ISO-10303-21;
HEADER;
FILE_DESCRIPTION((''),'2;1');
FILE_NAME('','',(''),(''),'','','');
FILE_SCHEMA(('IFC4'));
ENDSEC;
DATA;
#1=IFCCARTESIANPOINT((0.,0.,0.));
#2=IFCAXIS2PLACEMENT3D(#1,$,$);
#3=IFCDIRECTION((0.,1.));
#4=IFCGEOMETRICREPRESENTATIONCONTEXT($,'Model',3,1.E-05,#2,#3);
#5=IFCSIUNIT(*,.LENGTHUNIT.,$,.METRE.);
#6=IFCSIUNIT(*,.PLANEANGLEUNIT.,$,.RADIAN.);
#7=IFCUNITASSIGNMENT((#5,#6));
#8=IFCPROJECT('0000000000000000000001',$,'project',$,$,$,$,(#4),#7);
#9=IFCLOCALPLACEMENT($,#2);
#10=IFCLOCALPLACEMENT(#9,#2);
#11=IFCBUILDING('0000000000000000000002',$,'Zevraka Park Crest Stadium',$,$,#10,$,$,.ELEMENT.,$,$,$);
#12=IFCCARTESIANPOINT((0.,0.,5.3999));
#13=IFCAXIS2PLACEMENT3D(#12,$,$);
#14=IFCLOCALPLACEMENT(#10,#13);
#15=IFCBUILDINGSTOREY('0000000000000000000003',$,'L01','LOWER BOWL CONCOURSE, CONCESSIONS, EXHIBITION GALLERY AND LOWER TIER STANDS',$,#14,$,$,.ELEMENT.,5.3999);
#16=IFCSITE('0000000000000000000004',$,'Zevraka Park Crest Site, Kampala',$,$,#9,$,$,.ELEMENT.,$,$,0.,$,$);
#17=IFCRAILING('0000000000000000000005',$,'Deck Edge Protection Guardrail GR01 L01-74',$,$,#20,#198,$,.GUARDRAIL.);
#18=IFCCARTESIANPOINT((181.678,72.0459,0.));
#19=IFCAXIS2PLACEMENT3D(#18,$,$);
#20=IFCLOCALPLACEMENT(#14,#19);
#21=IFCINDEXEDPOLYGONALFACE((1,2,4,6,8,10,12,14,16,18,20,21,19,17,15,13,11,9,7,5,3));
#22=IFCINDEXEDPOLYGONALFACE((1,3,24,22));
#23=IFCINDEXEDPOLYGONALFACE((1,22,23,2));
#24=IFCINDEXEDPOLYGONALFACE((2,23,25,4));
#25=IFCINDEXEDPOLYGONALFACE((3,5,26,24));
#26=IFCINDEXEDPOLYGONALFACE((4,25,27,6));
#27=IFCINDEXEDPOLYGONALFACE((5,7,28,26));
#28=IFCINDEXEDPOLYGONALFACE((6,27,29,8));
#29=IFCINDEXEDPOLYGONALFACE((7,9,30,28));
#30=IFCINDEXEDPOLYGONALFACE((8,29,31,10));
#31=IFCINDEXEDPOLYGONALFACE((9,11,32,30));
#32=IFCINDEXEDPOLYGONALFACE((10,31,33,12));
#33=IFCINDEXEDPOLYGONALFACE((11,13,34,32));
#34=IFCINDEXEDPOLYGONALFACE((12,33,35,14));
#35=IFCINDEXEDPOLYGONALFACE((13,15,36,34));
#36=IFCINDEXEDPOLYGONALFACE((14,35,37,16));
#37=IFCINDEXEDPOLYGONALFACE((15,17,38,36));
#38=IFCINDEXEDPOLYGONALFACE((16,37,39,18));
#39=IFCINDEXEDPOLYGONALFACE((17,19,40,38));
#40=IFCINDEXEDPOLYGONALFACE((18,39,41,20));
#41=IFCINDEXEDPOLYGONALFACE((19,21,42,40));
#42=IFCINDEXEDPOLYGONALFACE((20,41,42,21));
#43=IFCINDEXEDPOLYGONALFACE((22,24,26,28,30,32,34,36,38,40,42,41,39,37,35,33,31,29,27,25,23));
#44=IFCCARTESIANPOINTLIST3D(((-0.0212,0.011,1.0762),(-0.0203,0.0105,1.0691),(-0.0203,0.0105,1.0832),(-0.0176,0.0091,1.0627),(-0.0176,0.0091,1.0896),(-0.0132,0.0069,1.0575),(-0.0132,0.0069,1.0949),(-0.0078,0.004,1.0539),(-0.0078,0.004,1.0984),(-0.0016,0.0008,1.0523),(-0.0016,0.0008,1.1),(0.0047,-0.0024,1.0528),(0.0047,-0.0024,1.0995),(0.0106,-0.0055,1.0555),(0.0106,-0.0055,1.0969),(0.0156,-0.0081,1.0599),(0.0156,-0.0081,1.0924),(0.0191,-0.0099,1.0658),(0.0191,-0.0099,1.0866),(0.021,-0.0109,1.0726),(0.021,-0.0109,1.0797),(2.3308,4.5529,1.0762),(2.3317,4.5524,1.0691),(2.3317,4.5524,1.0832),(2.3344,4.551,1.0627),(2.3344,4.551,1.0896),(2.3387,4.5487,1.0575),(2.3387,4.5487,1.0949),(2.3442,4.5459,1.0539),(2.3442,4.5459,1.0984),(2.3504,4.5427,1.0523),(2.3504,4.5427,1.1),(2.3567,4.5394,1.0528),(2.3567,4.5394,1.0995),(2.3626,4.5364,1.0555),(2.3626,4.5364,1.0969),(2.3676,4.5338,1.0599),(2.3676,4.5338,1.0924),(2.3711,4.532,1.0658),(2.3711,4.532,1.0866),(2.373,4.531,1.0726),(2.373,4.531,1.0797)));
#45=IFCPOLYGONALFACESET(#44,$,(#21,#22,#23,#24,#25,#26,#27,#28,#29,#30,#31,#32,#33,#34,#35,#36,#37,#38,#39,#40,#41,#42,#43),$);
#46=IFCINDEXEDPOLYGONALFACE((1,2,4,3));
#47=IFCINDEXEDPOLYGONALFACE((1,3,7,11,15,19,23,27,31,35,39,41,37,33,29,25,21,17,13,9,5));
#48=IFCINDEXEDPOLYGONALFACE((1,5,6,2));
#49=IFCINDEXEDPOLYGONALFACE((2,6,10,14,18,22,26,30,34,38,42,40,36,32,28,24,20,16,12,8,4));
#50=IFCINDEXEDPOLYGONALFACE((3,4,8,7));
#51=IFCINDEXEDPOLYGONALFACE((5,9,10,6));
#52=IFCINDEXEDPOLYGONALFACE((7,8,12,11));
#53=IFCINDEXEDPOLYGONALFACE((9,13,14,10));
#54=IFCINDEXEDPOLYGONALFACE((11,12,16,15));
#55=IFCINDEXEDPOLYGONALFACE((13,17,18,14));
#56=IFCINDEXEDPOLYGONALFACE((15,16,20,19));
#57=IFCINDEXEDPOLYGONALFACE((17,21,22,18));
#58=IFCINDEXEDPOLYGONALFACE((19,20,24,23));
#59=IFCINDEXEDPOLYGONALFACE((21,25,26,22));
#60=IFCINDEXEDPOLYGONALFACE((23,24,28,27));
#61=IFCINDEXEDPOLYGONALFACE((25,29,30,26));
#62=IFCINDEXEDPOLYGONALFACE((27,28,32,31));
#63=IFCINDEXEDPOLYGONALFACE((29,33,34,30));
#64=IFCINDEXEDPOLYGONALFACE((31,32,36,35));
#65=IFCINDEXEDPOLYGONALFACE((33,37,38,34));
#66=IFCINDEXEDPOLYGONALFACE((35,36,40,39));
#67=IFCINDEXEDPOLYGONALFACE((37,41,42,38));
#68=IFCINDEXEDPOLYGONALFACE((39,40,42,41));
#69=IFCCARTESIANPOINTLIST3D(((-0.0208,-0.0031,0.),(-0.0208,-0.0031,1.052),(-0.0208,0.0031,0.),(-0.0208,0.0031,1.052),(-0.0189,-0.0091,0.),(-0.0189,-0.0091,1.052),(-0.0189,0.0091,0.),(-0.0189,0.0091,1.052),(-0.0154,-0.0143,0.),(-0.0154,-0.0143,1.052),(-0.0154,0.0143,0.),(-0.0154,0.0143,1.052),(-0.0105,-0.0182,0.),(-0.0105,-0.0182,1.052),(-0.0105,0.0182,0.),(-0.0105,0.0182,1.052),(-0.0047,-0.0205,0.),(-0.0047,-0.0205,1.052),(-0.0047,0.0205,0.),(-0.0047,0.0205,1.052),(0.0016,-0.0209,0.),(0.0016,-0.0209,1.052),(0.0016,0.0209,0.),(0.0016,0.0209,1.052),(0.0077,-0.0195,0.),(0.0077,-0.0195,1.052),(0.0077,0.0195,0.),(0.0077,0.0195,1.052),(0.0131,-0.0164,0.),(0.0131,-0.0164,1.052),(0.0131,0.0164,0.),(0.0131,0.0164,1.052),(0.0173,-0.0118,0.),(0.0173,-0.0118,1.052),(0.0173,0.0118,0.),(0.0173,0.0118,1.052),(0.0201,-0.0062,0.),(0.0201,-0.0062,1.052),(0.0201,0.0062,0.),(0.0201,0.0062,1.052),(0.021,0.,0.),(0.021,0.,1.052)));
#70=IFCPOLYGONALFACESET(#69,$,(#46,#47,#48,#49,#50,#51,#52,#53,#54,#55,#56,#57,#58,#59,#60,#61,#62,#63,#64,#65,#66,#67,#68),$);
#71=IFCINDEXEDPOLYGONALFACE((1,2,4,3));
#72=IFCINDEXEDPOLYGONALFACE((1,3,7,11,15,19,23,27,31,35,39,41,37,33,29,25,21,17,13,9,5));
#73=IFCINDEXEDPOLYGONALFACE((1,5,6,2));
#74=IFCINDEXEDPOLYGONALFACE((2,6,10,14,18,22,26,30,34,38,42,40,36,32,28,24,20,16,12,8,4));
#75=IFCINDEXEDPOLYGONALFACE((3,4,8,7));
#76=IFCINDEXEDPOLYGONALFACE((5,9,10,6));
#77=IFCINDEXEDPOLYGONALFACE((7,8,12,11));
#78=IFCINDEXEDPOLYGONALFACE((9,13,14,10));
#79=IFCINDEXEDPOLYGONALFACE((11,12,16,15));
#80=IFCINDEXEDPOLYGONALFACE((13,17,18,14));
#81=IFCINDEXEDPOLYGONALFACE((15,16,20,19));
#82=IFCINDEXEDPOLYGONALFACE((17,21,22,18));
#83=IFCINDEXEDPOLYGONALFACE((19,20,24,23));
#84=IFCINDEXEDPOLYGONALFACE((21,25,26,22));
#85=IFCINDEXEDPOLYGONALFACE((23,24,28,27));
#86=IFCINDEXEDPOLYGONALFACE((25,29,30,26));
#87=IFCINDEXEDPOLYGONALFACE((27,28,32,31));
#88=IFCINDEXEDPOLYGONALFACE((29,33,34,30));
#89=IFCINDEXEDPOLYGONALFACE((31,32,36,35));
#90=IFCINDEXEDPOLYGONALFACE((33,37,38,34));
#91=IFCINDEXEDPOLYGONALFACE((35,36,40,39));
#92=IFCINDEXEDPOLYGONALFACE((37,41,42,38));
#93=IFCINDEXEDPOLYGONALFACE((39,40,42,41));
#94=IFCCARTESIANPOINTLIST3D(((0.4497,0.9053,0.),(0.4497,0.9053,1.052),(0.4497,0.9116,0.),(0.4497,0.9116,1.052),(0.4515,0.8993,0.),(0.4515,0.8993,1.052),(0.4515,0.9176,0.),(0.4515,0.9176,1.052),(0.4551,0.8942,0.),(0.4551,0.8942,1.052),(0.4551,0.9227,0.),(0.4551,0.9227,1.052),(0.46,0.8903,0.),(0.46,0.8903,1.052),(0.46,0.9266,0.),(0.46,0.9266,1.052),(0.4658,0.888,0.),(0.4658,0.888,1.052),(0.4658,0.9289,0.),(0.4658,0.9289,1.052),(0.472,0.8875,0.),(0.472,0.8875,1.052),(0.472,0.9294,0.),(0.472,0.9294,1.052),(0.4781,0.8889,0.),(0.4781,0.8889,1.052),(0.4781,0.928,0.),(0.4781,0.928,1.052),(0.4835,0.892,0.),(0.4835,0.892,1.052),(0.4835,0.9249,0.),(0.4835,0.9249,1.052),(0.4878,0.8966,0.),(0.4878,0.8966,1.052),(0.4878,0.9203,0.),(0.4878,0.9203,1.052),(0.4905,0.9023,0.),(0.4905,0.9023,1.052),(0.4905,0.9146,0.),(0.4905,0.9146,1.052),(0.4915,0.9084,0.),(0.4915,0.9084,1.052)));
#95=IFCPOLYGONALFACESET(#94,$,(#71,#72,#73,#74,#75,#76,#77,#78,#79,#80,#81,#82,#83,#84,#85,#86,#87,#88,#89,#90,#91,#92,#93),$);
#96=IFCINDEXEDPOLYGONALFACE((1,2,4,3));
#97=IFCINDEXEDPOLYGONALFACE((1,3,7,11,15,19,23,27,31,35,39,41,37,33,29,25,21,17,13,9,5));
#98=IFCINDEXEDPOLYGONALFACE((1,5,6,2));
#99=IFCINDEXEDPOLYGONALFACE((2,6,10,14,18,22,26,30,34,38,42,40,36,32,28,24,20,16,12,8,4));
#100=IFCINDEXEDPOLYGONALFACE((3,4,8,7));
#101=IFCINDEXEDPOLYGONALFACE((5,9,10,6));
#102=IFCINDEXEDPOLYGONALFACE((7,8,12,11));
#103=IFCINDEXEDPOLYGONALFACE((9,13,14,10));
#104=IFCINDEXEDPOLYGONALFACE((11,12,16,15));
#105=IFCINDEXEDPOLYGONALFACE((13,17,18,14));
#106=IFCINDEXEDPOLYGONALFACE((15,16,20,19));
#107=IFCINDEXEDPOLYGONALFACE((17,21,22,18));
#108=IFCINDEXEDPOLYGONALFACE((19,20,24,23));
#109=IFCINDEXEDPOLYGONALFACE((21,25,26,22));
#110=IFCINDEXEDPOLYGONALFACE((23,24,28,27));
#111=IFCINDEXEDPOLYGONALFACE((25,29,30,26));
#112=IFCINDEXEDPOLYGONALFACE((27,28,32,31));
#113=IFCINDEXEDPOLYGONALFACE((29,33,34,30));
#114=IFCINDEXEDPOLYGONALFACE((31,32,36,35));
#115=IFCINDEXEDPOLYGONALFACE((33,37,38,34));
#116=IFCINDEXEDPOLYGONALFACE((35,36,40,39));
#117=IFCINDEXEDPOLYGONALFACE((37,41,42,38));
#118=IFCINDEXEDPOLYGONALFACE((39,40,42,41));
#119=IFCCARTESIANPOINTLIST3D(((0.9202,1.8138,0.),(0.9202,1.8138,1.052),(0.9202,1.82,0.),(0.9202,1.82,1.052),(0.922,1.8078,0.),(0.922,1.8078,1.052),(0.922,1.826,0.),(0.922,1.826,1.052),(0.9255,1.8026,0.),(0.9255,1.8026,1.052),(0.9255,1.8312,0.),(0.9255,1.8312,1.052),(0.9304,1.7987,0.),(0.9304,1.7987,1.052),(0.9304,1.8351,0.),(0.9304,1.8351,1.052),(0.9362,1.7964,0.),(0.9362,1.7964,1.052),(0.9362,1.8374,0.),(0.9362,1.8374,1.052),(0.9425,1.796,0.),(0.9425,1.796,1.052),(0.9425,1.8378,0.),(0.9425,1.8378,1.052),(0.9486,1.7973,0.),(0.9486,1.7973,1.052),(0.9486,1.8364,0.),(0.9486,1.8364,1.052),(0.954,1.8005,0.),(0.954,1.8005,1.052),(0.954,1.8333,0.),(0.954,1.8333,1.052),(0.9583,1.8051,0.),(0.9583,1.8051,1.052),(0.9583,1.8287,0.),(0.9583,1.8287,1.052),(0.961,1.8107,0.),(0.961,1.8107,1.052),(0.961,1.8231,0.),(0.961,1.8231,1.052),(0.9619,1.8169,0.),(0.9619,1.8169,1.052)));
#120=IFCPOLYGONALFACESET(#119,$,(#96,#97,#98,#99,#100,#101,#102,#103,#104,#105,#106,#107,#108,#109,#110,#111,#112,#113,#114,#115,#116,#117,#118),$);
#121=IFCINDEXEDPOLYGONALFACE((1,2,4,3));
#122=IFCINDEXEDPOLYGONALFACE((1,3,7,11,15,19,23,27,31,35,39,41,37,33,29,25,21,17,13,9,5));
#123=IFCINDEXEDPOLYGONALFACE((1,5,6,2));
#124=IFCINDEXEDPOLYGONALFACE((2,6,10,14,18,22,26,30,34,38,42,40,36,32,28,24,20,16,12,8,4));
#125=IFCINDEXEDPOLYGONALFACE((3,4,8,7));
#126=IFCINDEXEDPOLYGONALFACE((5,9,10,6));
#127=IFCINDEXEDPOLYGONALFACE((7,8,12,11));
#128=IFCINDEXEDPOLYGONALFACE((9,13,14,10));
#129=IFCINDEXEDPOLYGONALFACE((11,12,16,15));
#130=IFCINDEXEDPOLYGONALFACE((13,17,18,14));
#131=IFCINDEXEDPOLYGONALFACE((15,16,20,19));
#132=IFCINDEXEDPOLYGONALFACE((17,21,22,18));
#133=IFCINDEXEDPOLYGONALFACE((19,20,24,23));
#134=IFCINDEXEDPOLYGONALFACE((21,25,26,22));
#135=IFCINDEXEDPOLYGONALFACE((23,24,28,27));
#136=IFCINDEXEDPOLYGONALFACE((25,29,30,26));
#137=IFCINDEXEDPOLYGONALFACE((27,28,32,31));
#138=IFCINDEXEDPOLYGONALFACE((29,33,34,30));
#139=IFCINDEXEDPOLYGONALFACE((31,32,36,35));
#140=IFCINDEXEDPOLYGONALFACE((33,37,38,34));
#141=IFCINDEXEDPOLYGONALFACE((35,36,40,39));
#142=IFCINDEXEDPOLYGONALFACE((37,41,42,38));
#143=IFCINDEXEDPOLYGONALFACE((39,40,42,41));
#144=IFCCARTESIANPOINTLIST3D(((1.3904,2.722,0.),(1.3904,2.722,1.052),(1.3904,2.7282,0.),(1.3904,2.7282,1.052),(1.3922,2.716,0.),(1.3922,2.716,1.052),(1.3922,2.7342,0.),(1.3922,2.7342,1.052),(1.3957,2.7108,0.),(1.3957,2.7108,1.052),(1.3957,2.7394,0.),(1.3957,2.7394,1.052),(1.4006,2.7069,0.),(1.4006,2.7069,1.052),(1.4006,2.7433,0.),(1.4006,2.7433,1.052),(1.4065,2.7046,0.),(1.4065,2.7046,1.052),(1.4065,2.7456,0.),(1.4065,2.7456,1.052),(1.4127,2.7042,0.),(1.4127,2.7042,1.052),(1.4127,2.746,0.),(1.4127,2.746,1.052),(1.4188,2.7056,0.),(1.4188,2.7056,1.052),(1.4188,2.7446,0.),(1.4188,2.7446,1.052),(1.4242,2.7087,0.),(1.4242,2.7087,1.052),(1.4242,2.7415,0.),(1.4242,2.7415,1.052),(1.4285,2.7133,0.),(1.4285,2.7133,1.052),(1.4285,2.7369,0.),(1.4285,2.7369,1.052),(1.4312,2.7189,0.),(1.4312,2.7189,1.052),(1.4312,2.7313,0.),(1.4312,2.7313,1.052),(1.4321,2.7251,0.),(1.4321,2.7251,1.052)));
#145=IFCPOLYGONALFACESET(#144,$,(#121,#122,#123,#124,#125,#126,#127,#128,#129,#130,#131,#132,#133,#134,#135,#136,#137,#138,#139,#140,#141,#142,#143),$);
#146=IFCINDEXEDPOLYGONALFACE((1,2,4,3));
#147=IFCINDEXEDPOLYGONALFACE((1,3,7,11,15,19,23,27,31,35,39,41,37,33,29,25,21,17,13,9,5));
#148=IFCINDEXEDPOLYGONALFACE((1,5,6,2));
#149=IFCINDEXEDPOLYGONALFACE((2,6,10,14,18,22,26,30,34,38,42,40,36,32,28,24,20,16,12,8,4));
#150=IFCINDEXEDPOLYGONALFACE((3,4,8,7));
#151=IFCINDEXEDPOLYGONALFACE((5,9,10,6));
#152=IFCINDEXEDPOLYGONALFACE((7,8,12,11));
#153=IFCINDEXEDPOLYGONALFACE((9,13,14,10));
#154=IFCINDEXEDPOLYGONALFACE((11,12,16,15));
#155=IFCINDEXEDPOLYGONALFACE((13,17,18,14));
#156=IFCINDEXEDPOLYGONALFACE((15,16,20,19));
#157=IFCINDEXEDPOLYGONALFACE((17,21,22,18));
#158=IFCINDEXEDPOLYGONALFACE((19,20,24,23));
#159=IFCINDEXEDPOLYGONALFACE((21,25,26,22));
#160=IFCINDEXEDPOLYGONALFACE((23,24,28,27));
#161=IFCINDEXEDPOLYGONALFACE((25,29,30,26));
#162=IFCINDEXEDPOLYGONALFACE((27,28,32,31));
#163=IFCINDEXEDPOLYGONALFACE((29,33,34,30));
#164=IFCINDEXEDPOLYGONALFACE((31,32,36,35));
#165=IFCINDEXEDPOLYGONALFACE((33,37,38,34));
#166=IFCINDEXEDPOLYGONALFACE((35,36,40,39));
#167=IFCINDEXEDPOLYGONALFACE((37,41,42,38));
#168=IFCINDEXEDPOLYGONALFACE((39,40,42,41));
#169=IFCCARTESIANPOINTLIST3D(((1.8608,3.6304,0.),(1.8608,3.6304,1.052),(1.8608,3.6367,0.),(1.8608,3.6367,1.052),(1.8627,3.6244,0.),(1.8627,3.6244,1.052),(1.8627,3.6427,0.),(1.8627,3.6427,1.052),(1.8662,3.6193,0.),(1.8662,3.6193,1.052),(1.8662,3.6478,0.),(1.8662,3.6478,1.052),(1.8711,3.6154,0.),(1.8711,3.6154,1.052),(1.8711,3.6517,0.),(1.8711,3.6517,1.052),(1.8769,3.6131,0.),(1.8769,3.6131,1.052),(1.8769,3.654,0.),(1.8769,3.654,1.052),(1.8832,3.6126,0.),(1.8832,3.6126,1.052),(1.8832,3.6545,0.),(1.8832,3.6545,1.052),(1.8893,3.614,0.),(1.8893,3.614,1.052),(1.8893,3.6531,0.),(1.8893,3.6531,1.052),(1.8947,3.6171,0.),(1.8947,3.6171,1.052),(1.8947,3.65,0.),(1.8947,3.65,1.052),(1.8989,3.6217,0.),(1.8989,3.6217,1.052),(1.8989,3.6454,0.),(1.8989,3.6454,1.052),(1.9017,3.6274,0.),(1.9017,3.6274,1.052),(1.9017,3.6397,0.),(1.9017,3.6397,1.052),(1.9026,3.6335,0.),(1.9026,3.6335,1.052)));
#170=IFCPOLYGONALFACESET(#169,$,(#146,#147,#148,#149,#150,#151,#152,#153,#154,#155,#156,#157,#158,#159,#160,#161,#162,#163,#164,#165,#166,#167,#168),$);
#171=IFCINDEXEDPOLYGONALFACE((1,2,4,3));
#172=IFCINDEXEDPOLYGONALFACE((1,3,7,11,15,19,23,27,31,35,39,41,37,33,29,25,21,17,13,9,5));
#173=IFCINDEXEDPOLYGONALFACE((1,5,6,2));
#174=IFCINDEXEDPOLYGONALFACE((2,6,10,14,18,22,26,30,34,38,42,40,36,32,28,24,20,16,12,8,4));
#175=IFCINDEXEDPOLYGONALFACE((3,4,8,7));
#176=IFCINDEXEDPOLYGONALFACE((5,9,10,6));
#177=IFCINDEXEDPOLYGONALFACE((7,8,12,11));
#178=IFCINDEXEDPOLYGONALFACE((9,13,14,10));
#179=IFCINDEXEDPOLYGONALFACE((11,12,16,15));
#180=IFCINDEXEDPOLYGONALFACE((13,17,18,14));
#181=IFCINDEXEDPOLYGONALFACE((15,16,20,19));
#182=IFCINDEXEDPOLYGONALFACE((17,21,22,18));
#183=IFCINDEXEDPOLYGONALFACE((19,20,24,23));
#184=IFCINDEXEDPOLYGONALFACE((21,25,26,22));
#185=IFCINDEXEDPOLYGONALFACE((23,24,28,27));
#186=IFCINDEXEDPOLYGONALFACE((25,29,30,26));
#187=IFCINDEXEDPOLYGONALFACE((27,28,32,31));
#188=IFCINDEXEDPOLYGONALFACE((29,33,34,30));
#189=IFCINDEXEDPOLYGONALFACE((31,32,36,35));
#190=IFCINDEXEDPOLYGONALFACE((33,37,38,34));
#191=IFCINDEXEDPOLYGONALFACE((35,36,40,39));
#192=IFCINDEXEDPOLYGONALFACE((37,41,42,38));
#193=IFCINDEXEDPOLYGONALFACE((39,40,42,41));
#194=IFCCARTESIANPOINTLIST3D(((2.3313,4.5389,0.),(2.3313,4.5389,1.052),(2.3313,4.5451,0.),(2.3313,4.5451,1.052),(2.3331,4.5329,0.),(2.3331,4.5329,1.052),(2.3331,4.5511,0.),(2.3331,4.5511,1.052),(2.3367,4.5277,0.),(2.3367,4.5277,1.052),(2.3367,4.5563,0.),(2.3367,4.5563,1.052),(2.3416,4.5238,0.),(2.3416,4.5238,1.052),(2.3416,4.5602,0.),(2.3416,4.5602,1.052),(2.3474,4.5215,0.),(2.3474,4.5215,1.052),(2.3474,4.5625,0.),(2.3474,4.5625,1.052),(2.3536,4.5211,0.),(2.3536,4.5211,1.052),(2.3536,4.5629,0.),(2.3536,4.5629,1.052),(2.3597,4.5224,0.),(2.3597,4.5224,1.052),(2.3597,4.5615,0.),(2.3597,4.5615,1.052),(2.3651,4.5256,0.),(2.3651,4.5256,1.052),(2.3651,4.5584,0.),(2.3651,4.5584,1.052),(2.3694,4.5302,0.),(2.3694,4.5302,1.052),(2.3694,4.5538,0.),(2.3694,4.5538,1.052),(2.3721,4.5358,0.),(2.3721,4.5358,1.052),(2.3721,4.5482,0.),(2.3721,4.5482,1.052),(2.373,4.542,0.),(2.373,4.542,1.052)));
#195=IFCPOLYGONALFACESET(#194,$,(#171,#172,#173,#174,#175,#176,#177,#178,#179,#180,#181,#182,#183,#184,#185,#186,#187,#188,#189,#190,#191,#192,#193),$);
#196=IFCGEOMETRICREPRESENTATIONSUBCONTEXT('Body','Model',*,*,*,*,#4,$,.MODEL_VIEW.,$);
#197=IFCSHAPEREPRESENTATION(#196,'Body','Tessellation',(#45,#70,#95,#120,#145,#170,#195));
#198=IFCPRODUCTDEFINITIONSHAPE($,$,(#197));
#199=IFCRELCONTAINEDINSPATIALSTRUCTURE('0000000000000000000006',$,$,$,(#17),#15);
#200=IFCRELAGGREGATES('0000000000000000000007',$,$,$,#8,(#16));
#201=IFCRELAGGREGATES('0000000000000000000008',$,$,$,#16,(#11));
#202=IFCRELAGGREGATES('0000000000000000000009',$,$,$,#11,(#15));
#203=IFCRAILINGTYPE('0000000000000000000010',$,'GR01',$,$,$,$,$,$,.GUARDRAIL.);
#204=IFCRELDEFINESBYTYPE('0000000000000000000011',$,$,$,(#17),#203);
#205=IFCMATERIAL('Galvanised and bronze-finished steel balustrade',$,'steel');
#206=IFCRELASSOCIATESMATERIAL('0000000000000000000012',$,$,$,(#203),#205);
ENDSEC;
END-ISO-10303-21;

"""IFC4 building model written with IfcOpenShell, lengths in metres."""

from ifc_helpers import new_model, si_unit, direction, frame, origin, origin_2d, place, context, subcontext, project, spatial, circle, extrude, material, type_object, element, save


model = new_model("IFC4")

# Units and contexts
model_context = context("Model", 3, precision=1e-05, world=origin(), true_north=direction((0.0, 1.0)))
body_context = subcontext(model_context, "Body", "Model", "MODEL_VIEW")
ifc_project = project(units=[si_unit("LENGTHUNIT", "METRE"), si_unit("PLANEANGLEUNIT", "RADIAN")], contexts=[model_context])

# Site, building, storey
site_placement = place(None, origin())
site = spatial("IfcSite", under=ifc_project, at=site_placement, Name="Zevraka Park Crest Site, Kampala", CompositionType="ELEMENT", RefElevation=0.0)
building_placement = place(site_placement, origin())
building = spatial("IfcBuilding", under=site, at=building_placement, Name="Zevraka Park Crest Stadium", CompositionType="ELEMENT")
storey_placement = place(building_placement, frame((0.0, 0.0, 5.3999)))
storey = spatial("IfcBuildingStorey", under=building, at=storey_placement, Name="L01", Description="LOWER BOWL CONCOURSE, CONCESSIONS, EXHIBITION GALLERY AND LOWER TIER STANDS", CompositionType="ELEMENT", Elevation=5.3999)

# Railing
ifc_material_1 = material(Name="Galvanised and bronze-finished steel balustrade", Category="steel")
railing_type_1 = type_object("IfcRailingType", Name="GR01", PredefinedType="GUARDRAIL", material=ifc_material_1)
railing_1_placement = place(storey_placement, frame((181.678, 72.0459, 0.0)))
element("IfcRailing", 1, at=railing_1_placement, inside=storey, type_object=railing_type_1, Name="Deck Edge Protection Guardrail GR01 L01-74", PredefinedType="GUARDRAIL", context=body_context, shape_type="SweptSolid", body=[
    extrude(circle(Radius=0.0239, at=origin_2d()), frame((0.0, 0.0, 1.0762), z_axis=(0.459846, 0.887999, 0.0), x_axis=(-0.887999, 0.459846, 0.0)), (0.0, 0.0, 1.0), 5.1147),
    extrude(circle(Radius=0.021, at=origin_2d()), origin(), (0.0, 0.0, 1.0), 1.052),
    extrude(circle(Radius=0.021, at=origin_2d()), frame((0.4705, 0.9084, 0.0)), (0.0, 0.0, 1.0), 1.052),
    extrude(circle(Radius=0.021, at=origin_2d()), frame((0.9409, 1.8169, 0.0)), (0.0, 0.0, 1.0), 1.052),
    extrude(circle(Radius=0.021, at=origin_2d()), frame((1.4111, 2.7251, 0.0)), (0.0, 0.0, 1.0), 1.052),
    extrude(circle(Radius=0.021, at=origin_2d()), frame((1.8816, 3.6335, 0.0)), (0.0, 0.0, 1.0), 1.052),
    extrude(circle(Radius=0.021, at=origin_2d()), frame((2.3521, 4.542, 0.0)), (0.0, 0.0, 1.0), 1.052),
])

save(model, "model.ifc")
